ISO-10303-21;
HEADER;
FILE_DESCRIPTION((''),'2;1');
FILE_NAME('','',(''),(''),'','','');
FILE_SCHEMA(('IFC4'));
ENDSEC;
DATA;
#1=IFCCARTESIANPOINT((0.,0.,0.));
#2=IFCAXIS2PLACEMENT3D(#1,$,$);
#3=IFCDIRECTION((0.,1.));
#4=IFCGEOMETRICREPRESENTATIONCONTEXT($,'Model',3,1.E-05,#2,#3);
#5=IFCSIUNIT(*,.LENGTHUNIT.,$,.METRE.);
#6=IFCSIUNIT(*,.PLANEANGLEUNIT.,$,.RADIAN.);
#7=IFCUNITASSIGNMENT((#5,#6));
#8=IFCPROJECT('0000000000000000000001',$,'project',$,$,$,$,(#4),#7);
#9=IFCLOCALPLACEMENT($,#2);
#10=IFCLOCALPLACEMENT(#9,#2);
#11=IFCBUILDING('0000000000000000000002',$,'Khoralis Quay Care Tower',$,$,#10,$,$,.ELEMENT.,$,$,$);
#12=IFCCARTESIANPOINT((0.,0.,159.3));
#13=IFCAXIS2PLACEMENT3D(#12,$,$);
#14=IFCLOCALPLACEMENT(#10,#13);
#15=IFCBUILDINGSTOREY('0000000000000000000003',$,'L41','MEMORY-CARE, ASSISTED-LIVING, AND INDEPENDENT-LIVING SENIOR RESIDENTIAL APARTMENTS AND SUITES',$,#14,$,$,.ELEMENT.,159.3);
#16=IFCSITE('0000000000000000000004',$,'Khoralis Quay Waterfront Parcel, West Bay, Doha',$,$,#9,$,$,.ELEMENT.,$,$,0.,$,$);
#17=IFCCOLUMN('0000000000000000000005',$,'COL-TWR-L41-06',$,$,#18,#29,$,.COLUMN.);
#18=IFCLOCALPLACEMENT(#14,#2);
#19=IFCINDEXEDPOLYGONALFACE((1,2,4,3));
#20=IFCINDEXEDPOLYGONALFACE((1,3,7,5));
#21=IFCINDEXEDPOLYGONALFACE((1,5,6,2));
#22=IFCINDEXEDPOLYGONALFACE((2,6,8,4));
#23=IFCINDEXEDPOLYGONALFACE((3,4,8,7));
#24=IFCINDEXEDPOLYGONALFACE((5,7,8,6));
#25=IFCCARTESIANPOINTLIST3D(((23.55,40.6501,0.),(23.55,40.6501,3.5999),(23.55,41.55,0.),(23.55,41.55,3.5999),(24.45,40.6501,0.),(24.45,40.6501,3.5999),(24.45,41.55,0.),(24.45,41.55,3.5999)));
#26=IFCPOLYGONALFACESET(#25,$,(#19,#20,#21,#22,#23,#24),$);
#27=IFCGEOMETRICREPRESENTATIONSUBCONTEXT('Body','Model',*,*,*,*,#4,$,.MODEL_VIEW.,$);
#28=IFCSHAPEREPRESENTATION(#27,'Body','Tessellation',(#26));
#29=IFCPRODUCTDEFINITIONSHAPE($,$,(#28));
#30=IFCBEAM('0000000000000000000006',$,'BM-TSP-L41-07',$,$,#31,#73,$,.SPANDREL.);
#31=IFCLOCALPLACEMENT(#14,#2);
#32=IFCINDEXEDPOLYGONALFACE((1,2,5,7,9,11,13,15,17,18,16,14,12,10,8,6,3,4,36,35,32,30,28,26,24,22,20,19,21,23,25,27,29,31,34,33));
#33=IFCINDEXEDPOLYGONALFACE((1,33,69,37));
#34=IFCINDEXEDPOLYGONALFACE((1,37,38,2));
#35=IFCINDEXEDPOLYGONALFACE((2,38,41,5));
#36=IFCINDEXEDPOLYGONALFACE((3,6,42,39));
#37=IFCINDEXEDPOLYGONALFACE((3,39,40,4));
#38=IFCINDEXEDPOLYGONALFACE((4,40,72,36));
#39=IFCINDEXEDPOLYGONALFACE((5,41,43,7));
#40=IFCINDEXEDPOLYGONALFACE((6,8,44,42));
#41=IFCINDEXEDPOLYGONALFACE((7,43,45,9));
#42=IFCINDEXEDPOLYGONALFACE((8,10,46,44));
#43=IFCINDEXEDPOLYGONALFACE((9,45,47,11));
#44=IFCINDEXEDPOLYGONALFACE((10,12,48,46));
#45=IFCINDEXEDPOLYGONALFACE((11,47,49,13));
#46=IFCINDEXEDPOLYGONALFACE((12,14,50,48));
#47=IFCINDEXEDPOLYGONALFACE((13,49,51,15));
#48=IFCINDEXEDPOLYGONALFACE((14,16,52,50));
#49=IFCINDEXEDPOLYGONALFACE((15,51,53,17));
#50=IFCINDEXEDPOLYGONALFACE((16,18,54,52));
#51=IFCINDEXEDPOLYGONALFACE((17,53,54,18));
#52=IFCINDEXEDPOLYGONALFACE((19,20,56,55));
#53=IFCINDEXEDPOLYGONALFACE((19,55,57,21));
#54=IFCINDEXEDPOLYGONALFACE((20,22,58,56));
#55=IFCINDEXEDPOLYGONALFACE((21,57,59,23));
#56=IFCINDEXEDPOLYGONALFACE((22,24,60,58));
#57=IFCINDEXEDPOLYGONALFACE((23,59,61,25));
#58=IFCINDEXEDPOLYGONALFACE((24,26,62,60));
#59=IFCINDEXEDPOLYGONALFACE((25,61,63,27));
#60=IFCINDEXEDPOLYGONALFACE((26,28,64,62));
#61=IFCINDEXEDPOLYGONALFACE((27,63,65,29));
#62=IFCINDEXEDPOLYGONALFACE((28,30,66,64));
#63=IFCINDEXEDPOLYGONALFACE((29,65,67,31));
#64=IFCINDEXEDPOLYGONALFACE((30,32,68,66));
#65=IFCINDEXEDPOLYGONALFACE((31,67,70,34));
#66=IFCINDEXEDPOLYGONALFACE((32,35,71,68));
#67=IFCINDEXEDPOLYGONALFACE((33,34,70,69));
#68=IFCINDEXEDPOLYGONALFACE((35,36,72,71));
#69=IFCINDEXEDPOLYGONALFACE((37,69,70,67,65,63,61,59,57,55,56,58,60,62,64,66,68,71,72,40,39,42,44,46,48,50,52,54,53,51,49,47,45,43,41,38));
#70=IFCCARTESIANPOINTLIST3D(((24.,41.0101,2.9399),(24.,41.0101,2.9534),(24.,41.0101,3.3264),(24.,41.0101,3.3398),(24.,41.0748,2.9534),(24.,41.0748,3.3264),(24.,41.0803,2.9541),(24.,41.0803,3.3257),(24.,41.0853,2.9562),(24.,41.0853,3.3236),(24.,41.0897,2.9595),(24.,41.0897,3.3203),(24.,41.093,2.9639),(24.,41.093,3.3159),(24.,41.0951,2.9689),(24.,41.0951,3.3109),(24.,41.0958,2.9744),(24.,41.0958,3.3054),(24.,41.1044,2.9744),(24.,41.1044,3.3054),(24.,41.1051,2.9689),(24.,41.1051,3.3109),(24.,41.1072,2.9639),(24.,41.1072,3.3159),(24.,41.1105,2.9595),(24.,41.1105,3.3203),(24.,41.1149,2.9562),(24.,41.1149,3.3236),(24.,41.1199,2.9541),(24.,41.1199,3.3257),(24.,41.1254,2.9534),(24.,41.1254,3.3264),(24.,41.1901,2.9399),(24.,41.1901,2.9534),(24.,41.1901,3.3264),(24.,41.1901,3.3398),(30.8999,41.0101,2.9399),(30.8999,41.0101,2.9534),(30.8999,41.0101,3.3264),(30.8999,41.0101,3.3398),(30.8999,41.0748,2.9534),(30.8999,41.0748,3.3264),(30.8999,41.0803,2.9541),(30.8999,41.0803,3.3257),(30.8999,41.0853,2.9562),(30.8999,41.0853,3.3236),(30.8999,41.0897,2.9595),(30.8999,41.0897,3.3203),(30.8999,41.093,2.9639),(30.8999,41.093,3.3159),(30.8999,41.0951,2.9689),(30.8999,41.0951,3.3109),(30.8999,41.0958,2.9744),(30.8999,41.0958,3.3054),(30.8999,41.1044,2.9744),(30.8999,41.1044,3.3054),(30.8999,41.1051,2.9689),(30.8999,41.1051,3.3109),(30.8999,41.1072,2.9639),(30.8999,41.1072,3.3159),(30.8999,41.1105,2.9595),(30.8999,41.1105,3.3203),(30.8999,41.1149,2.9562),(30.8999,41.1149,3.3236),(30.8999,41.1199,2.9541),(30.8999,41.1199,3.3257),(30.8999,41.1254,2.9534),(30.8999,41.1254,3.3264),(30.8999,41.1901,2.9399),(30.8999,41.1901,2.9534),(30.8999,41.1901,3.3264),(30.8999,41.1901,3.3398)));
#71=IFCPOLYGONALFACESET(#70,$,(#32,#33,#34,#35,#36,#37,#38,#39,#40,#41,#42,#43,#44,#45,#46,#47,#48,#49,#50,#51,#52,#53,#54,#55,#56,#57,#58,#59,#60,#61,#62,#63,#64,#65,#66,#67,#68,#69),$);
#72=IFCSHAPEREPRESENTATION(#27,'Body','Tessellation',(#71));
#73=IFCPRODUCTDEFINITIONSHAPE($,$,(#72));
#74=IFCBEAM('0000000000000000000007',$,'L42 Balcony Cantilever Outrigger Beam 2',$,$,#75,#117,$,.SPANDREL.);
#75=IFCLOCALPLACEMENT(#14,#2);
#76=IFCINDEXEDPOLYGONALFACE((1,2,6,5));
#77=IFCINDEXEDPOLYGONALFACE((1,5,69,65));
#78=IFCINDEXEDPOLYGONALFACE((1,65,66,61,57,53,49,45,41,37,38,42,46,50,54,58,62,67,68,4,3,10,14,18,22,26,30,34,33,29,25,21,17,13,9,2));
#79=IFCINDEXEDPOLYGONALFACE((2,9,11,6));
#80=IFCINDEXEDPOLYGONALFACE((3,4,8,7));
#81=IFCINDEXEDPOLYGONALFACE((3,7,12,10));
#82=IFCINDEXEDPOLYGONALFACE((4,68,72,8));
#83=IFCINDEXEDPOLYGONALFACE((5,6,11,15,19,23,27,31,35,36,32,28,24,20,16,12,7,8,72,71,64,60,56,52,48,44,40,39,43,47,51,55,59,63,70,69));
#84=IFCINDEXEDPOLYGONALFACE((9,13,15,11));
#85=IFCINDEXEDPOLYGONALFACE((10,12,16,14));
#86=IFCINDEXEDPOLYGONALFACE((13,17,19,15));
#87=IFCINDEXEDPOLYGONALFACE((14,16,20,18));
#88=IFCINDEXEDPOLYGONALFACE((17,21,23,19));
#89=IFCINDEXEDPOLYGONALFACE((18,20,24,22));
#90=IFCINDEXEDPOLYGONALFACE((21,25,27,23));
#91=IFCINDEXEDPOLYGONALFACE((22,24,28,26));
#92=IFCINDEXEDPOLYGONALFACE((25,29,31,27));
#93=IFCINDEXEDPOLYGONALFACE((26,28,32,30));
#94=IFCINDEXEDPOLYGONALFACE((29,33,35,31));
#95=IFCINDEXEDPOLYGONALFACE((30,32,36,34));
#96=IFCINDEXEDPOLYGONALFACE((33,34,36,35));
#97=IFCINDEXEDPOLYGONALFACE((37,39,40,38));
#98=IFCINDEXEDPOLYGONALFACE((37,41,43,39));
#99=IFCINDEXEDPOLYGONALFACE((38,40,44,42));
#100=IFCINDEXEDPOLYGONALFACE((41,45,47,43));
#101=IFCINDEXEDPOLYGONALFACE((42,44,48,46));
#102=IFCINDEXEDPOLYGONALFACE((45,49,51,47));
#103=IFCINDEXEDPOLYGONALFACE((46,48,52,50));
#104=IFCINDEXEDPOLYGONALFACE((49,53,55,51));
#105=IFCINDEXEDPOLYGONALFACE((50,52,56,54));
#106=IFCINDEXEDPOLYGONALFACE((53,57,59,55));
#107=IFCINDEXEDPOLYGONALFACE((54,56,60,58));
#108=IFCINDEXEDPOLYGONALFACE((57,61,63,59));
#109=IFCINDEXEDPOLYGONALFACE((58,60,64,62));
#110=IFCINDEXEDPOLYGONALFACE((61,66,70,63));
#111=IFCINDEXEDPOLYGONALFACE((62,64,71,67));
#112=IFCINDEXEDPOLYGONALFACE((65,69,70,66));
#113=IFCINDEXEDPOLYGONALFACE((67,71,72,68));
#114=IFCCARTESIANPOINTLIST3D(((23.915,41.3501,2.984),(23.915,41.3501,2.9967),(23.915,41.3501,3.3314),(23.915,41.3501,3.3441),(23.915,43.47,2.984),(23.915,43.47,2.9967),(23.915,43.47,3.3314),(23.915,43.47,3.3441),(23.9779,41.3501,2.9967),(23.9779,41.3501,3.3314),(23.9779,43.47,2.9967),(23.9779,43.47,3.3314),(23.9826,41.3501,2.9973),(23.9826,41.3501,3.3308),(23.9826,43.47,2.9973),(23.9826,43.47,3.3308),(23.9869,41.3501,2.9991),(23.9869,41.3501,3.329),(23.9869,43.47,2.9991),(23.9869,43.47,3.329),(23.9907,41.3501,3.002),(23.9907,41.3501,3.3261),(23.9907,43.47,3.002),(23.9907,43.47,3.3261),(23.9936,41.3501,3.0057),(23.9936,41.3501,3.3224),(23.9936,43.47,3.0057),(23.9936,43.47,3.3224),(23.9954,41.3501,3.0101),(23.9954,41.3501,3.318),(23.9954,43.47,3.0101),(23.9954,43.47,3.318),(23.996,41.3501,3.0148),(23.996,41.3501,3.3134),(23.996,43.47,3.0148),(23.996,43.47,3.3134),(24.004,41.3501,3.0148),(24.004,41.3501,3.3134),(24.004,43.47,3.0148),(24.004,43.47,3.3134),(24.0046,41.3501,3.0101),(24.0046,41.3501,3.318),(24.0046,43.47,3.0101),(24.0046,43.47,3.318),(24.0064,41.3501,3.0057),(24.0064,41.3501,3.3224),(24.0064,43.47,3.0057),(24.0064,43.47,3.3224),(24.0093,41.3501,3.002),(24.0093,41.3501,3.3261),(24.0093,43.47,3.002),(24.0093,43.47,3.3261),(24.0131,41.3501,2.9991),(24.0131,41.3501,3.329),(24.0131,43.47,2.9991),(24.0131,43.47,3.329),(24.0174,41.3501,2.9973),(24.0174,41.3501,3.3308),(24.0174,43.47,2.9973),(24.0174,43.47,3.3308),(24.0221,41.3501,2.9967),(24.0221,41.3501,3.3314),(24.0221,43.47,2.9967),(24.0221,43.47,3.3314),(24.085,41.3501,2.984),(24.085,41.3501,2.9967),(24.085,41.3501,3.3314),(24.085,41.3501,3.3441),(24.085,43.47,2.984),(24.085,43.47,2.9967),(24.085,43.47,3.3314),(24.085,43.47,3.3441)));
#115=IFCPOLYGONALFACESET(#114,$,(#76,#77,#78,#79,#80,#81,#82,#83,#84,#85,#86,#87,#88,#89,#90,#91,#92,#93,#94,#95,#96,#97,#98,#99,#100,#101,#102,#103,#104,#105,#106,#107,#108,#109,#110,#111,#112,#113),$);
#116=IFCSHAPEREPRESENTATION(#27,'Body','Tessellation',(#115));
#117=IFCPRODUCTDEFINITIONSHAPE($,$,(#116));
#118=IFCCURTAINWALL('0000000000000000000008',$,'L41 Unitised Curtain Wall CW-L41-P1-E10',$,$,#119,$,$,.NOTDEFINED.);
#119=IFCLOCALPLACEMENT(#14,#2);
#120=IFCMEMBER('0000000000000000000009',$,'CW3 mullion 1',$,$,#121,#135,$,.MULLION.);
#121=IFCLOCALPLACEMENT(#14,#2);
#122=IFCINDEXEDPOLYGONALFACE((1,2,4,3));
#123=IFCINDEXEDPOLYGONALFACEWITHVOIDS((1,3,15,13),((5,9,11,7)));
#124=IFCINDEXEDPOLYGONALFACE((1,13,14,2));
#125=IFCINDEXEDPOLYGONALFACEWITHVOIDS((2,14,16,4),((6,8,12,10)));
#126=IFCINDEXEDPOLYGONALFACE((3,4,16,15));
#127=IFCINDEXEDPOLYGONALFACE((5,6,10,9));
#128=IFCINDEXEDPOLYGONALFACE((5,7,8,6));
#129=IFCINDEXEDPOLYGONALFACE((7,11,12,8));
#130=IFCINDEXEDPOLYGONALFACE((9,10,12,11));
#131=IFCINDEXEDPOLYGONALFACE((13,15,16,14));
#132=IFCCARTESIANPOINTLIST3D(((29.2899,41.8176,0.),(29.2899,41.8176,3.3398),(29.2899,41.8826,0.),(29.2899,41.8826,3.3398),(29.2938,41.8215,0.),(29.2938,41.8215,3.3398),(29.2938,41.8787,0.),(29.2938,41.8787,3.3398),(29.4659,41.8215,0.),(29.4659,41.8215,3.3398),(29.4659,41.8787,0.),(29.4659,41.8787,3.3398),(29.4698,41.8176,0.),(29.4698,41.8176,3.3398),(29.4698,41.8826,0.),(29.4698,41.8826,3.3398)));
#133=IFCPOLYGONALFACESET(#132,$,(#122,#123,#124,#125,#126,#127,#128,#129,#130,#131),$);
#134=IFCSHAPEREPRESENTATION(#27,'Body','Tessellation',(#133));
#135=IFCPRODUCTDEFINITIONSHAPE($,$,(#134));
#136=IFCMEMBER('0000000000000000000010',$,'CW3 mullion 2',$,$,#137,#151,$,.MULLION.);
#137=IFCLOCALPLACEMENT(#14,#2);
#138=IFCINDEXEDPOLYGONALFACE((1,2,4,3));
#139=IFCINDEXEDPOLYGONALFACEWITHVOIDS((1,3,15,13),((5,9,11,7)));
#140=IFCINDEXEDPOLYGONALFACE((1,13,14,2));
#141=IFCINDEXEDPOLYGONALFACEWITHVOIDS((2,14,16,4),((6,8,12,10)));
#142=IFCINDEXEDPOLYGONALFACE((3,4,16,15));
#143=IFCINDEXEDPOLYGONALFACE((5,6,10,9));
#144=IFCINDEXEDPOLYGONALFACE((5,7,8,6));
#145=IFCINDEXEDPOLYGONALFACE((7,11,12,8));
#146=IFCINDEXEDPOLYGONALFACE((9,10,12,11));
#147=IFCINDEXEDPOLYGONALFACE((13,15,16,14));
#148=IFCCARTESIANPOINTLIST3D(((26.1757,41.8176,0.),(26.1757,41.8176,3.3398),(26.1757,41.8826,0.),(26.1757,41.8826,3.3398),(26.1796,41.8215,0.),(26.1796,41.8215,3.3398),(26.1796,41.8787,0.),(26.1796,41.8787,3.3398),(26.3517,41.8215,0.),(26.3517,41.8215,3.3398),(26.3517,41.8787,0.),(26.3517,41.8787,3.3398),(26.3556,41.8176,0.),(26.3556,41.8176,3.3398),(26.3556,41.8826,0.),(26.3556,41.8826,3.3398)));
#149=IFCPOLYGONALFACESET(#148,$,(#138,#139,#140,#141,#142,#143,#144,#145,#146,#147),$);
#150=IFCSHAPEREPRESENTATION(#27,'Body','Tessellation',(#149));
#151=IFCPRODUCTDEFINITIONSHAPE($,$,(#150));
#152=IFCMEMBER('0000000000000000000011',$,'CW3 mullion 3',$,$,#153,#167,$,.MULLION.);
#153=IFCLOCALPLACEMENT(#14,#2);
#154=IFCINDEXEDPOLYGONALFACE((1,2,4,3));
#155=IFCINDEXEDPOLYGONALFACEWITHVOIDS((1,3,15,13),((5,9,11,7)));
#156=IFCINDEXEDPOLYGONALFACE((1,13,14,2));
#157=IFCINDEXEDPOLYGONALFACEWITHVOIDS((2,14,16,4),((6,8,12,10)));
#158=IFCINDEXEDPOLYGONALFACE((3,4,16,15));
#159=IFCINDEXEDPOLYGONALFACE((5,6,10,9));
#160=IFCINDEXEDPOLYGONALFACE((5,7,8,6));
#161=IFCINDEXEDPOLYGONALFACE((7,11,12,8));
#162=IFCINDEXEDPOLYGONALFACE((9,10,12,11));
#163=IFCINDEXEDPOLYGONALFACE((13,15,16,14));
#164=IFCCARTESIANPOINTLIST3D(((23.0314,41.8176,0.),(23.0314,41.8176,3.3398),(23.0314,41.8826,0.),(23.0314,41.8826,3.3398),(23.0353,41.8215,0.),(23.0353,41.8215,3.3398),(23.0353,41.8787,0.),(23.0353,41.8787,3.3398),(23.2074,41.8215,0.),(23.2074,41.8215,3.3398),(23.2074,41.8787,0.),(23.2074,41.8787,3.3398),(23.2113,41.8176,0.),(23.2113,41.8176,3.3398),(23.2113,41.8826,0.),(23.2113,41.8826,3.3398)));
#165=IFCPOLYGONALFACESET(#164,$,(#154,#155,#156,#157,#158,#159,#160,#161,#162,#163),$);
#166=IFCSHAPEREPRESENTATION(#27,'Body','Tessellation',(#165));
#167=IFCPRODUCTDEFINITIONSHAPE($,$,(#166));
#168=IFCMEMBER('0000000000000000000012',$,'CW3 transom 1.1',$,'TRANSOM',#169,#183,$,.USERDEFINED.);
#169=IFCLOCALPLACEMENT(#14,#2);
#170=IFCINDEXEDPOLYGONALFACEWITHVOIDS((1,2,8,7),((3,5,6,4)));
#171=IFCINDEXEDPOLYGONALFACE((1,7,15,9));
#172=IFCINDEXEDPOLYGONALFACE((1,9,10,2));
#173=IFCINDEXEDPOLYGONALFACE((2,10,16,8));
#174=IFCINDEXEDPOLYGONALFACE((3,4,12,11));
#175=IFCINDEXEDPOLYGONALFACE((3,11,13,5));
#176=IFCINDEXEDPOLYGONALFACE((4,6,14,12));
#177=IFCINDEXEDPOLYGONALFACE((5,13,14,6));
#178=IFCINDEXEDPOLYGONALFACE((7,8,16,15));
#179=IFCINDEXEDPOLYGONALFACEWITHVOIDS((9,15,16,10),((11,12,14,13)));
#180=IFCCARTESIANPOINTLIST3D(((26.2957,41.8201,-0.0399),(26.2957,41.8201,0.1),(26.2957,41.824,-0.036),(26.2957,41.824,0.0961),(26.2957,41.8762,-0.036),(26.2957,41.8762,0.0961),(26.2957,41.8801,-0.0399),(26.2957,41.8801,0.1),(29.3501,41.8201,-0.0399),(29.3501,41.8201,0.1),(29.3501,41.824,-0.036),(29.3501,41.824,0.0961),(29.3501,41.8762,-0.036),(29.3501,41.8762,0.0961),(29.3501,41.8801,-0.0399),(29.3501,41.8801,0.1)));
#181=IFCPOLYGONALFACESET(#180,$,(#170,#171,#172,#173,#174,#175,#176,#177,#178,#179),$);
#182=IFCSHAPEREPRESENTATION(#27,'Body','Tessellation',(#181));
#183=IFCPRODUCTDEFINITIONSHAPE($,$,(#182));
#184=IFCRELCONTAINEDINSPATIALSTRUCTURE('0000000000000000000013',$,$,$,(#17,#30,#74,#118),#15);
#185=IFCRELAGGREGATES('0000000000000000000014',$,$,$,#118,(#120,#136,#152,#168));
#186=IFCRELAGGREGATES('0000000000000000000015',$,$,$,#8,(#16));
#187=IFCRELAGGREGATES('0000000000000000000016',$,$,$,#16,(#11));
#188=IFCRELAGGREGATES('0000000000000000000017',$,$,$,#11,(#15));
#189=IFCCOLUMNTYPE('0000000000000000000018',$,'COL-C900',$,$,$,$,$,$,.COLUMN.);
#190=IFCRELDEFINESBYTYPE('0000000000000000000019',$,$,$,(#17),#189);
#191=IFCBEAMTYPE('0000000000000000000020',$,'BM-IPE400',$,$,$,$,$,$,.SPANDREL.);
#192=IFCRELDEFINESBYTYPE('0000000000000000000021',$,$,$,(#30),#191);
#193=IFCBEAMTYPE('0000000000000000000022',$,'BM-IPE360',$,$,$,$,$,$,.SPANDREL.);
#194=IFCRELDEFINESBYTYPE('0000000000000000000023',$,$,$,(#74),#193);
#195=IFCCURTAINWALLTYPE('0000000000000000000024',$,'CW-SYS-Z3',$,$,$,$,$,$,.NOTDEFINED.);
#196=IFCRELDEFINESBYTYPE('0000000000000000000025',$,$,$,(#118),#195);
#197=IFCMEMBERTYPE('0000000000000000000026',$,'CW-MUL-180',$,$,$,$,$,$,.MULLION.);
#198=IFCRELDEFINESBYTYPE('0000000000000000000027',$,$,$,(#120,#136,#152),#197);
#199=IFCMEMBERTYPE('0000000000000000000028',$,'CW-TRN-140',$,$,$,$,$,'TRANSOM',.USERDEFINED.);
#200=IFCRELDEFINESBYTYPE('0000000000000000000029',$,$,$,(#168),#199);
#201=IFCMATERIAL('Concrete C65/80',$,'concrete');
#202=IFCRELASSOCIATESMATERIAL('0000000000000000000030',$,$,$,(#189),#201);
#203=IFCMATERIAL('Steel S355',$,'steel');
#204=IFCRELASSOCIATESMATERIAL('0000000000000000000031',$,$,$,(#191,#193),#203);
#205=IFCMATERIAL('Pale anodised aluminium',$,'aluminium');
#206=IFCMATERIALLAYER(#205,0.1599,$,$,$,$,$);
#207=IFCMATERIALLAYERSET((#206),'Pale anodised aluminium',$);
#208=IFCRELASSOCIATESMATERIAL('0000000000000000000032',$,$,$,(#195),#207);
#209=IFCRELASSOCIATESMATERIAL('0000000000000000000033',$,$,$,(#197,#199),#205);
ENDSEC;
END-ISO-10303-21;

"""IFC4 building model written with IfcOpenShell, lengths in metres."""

from ifc_helpers import new_model, si_unit, direction, frame, origin, origin_2d, place, context, subcontext, project, spatial, rectangle, hollow_rectangle, i_section, extrude, source, transform, mapped, material, layer, layer_set, material_profile, profile_set, type_object, element, aggregate, save


model = new_model("IFC4")

# Units and contexts
model_context = context("Model", 3, precision=1e-05, world=origin(), true_north=direction((0.0, 1.0)))
body_context = subcontext(model_context, "Body", "Model", "MODEL_VIEW")
ifc_project = project(units=[si_unit("LENGTHUNIT", "METRE"), si_unit("PLANEANGLEUNIT", "RADIAN")], contexts=[model_context])

# Site, building, storey
site_placement = place(None, origin())
site = spatial("IfcSite", under=ifc_project, at=site_placement, Name="Khoralis Quay Waterfront Parcel, West Bay, Doha", CompositionType="ELEMENT", RefElevation=0.0)
building_placement = place(site_placement, origin())
building = spatial("IfcBuilding", under=site, at=building_placement, Name="Khoralis Quay Care Tower", CompositionType="ELEMENT")
storey_placement = place(building_placement, frame((0.0, 0.0, 159.3)))
storey = spatial("IfcBuildingStorey", under=building, at=storey_placement, Name="L41", Description="MEMORY-CARE, ASSISTED-LIVING, AND INDEPENDENT-LIVING SENIOR RESIDENTIAL APARTMENTS AND SUITES", CompositionType="ELEMENT", Elevation=159.3)

# Column
ifc_material_1 = material(Name="Concrete C65/80", Category="concrete")
ifc_material_profile_1 = material_profile(ifc_material_1, rectangle(XDim=0.8999, YDim=0.8999, at=origin_2d()), Name="Concrete C65/80")
ifc_profile_set_1 = profile_set([ifc_material_profile_1], Name="Concrete C65/80")
column_type = type_object("IfcColumnType", Name="COL-C900", PredefinedType="COLUMN", material=ifc_profile_set_1)
shared_shape_1 = source(origin(), body_context, "Body", "SweptSolid", [
    extrude(rectangle(XDim=0.8999, YDim=0.8999, at=origin_2d()), origin(), (0.0, 0.0, 1.0), 3.5999),
])
column_placement = place(storey_placement, frame((24.0, 41.1001, 0.0), z_axis=(0.0, 0.0, 1.0), x_axis=(1.0, 0.0, 0.0)))
element("IfcColumn", 1, at=column_placement, inside=storey, type_object=column_type, Name="COL-TWR-L41-06", PredefinedType="COLUMN", context=body_context, shape_type="MappedRepresentation", body=[
    mapped(shared_shape_1, transform((0.0, 0.0, 0.0), scale=1.0)),
])

# Beams
ifc_material_2 = material(Name="Steel S355", Category="steel")
ifc_material_profile_2 = material_profile(ifc_material_2, i_section(OverallWidth=0.1799, OverallDepth=0.3999, WebThickness=0.0085, FlangeThickness=0.0134, FilletRadius=0.021, at=origin_2d()), Name="Steel S355")
ifc_profile_set_2 = profile_set([ifc_material_profile_2], Name="Steel S355")
beam_type_1 = type_object("IfcBeamType", Name="BM-IPE400", PredefinedType="SPANDREL", material=ifc_profile_set_2)
shared_shape_2 = source(origin(), body_context, "Body", "SweptSolid", [
    extrude(i_section(OverallWidth=0.1799, OverallDepth=0.3999, WebThickness=0.0085, FlangeThickness=0.0134, FilletRadius=0.021, at=origin_2d()), origin(), (0.0, 0.0, 1.0), 6.8999),
])
beam_1_placement = place(storey_placement, frame((24.0, 41.1001, 3.1399), z_axis=(1.0, 0.0, 0.0), x_axis=(0.0, 1.0, 0.0)))
element("IfcBeam", 2, at=beam_1_placement, inside=storey, type_object=beam_type_1, Name="BM-TSP-L41-07", PredefinedType="SPANDREL", context=body_context, shape_type="MappedRepresentation", body=[
    mapped(shared_shape_2, transform((0.0, 0.0, 0.0), scale=1.0)),
])
ifc_material_profile_3 = material_profile(ifc_material_2, i_section(OverallWidth=0.1699, OverallDepth=0.3601, WebThickness=0.0081, FlangeThickness=0.0127, FilletRadius=0.0181, at=origin_2d()), Name="Steel S355")
ifc_profile_set_3 = profile_set([ifc_material_profile_3], Name="Steel S355")
beam_type_2 = type_object("IfcBeamType", Name="BM-IPE360", PredefinedType="SPANDREL", material=ifc_profile_set_3)
shared_shape_3 = source(origin(), body_context, "Body", "SweptSolid", [
    extrude(i_section(OverallWidth=0.1699, OverallDepth=0.3601, WebThickness=0.0081, FlangeThickness=0.0127, FilletRadius=0.0181, at=origin_2d()), origin(), (0.0, 0.0, 1.0), 2.1199),
])
beam_2_placement = place(storey_placement, frame((24.0, 41.3501, 3.1641), z_axis=(0.0, 1.0, 0.0), x_axis=(-1.0, 0.0, 0.0)))
element("IfcBeam", 3, at=beam_2_placement, inside=storey, type_object=beam_type_2, Name="L42 Balcony Cantilever Outrigger Beam 2", PredefinedType="SPANDREL", context=body_context, shape_type="MappedRepresentation", body=[
    mapped(shared_shape_3, transform((0.0, 0.0, 0.0), scale=1.0)),
])

# Curtain wall, members
ifc_material_3 = material(Name="Pale anodised aluminium", Category="aluminium")
ifc_layer_1 = layer(ifc_material_3, 0.1599)
ifc_layer_set_1 = layer_set([ifc_layer_1], Name="Pale anodised aluminium")
curtain_wall_type = type_object("IfcCurtainWallType", Name="CW-SYS-Z3", PredefinedType="NOTDEFINED", material=ifc_layer_set_1)
curtain_wall_placement = place(storey_placement, origin())
curtain_wall = element("IfcCurtainWall", 4, at=curtain_wall_placement, inside=storey, type_object=curtain_wall_type, Name="L41 Unitised Curtain Wall CW-L41-P1-E10", PredefinedType="NOTDEFINED")
ifc_material_profile_4 = material_profile(ifc_material_3, hollow_rectangle(XDim=0.0649, YDim=0.1799, WallThickness=0.0039, at=origin_2d()), Name="Pale anodised aluminium")
ifc_profile_set_4 = profile_set([ifc_material_profile_4], Name="Pale anodised aluminium")
member_type_1 = type_object("IfcMemberType", Name="CW-MUL-180", PredefinedType="MULLION", material=ifc_profile_set_4)
shared_shape_4 = source(origin(), body_context, "Body", "SweptSolid", [
    extrude(hollow_rectangle(XDim=0.0649, YDim=0.1799, WallThickness=0.0039, at=origin_2d()), origin(), (0.0, 0.0, 1.0), 3.3398),
])
member_1_placement = place(storey_placement, frame((29.3799, 41.8501, 0.0), z_axis=(0.0, 0.0, 1.0), x_axis=(0.0, -1.0, 0.0)))
member_1 = element("IfcMember", 5, at=member_1_placement, type_object=member_type_1, Name="CW3 mullion 1", PredefinedType="MULLION", context=body_context, shape_type="MappedRepresentation", body=[
    mapped(shared_shape_4, transform((0.0, 0.0, 0.0), scale=1.0)),
])
member_2_placement = place(storey_placement, frame((26.2656, 41.8501, 0.0), z_axis=(0.0, 0.0, 1.0), x_axis=(0.0, -1.0, 0.0)))
member_2 = element("IfcMember", 6, at=member_2_placement, type_object=member_type_1, Name="CW3 mullion 2", PredefinedType="MULLION", context=body_context, shape_type="MappedRepresentation", body=[
    mapped(shared_shape_4, transform((0.0, 0.0, 0.0), scale=1.0)),
])
member_3_placement = place(storey_placement, frame((23.1213, 41.8501, 0.0), z_axis=(0.0, 0.0, 1.0), x_axis=(0.0, -1.0, 0.0)))
member_3 = element("IfcMember", 7, at=member_3_placement, type_object=member_type_1, Name="CW3 mullion 3", PredefinedType="MULLION", context=body_context, shape_type="MappedRepresentation", body=[
    mapped(shared_shape_4, transform((0.0, 0.0, 0.0), scale=1.0)),
])
ifc_material_profile_5 = material_profile(ifc_material_3, hollow_rectangle(XDim=0.0601, YDim=0.1399, WallThickness=0.0039, at=origin_2d()), Name="Pale anodised aluminium")
ifc_profile_set_5 = profile_set([ifc_material_profile_5], Name="Pale anodised aluminium")
member_type_2 = type_object("IfcMemberType", Name="CW-TRN-140", ElementType="TRANSOM", PredefinedType="USERDEFINED", material=ifc_profile_set_5)
shared_shape_5 = source(origin(), body_context, "Body", "SweptSolid", [
    extrude(hollow_rectangle(XDim=0.0601, YDim=0.1399, WallThickness=0.0039, at=origin_2d()), origin(), (0.0, 0.0, 1.0), 3.0544),
])
member_4_placement = place(storey_placement, frame((29.3501, 41.8501, 0.03), z_axis=(-1.0, 0.0, 0.0), x_axis=(0.0, -1.0, 0.0)))
member_4 = element("IfcMember", 8, at=member_4_placement, type_object=member_type_2, Name="CW3 transom 1.1", ObjectType="TRANSOM", PredefinedType="USERDEFINED", context=body_context, shape_type="MappedRepresentation", body=[
    mapped(shared_shape_5, transform((0.0, 0.0, 0.0), scale=1.0)),
])
aggregate(curtain_wall, [member_1, member_2, member_3, member_4])

save(model, "model.ifc")
